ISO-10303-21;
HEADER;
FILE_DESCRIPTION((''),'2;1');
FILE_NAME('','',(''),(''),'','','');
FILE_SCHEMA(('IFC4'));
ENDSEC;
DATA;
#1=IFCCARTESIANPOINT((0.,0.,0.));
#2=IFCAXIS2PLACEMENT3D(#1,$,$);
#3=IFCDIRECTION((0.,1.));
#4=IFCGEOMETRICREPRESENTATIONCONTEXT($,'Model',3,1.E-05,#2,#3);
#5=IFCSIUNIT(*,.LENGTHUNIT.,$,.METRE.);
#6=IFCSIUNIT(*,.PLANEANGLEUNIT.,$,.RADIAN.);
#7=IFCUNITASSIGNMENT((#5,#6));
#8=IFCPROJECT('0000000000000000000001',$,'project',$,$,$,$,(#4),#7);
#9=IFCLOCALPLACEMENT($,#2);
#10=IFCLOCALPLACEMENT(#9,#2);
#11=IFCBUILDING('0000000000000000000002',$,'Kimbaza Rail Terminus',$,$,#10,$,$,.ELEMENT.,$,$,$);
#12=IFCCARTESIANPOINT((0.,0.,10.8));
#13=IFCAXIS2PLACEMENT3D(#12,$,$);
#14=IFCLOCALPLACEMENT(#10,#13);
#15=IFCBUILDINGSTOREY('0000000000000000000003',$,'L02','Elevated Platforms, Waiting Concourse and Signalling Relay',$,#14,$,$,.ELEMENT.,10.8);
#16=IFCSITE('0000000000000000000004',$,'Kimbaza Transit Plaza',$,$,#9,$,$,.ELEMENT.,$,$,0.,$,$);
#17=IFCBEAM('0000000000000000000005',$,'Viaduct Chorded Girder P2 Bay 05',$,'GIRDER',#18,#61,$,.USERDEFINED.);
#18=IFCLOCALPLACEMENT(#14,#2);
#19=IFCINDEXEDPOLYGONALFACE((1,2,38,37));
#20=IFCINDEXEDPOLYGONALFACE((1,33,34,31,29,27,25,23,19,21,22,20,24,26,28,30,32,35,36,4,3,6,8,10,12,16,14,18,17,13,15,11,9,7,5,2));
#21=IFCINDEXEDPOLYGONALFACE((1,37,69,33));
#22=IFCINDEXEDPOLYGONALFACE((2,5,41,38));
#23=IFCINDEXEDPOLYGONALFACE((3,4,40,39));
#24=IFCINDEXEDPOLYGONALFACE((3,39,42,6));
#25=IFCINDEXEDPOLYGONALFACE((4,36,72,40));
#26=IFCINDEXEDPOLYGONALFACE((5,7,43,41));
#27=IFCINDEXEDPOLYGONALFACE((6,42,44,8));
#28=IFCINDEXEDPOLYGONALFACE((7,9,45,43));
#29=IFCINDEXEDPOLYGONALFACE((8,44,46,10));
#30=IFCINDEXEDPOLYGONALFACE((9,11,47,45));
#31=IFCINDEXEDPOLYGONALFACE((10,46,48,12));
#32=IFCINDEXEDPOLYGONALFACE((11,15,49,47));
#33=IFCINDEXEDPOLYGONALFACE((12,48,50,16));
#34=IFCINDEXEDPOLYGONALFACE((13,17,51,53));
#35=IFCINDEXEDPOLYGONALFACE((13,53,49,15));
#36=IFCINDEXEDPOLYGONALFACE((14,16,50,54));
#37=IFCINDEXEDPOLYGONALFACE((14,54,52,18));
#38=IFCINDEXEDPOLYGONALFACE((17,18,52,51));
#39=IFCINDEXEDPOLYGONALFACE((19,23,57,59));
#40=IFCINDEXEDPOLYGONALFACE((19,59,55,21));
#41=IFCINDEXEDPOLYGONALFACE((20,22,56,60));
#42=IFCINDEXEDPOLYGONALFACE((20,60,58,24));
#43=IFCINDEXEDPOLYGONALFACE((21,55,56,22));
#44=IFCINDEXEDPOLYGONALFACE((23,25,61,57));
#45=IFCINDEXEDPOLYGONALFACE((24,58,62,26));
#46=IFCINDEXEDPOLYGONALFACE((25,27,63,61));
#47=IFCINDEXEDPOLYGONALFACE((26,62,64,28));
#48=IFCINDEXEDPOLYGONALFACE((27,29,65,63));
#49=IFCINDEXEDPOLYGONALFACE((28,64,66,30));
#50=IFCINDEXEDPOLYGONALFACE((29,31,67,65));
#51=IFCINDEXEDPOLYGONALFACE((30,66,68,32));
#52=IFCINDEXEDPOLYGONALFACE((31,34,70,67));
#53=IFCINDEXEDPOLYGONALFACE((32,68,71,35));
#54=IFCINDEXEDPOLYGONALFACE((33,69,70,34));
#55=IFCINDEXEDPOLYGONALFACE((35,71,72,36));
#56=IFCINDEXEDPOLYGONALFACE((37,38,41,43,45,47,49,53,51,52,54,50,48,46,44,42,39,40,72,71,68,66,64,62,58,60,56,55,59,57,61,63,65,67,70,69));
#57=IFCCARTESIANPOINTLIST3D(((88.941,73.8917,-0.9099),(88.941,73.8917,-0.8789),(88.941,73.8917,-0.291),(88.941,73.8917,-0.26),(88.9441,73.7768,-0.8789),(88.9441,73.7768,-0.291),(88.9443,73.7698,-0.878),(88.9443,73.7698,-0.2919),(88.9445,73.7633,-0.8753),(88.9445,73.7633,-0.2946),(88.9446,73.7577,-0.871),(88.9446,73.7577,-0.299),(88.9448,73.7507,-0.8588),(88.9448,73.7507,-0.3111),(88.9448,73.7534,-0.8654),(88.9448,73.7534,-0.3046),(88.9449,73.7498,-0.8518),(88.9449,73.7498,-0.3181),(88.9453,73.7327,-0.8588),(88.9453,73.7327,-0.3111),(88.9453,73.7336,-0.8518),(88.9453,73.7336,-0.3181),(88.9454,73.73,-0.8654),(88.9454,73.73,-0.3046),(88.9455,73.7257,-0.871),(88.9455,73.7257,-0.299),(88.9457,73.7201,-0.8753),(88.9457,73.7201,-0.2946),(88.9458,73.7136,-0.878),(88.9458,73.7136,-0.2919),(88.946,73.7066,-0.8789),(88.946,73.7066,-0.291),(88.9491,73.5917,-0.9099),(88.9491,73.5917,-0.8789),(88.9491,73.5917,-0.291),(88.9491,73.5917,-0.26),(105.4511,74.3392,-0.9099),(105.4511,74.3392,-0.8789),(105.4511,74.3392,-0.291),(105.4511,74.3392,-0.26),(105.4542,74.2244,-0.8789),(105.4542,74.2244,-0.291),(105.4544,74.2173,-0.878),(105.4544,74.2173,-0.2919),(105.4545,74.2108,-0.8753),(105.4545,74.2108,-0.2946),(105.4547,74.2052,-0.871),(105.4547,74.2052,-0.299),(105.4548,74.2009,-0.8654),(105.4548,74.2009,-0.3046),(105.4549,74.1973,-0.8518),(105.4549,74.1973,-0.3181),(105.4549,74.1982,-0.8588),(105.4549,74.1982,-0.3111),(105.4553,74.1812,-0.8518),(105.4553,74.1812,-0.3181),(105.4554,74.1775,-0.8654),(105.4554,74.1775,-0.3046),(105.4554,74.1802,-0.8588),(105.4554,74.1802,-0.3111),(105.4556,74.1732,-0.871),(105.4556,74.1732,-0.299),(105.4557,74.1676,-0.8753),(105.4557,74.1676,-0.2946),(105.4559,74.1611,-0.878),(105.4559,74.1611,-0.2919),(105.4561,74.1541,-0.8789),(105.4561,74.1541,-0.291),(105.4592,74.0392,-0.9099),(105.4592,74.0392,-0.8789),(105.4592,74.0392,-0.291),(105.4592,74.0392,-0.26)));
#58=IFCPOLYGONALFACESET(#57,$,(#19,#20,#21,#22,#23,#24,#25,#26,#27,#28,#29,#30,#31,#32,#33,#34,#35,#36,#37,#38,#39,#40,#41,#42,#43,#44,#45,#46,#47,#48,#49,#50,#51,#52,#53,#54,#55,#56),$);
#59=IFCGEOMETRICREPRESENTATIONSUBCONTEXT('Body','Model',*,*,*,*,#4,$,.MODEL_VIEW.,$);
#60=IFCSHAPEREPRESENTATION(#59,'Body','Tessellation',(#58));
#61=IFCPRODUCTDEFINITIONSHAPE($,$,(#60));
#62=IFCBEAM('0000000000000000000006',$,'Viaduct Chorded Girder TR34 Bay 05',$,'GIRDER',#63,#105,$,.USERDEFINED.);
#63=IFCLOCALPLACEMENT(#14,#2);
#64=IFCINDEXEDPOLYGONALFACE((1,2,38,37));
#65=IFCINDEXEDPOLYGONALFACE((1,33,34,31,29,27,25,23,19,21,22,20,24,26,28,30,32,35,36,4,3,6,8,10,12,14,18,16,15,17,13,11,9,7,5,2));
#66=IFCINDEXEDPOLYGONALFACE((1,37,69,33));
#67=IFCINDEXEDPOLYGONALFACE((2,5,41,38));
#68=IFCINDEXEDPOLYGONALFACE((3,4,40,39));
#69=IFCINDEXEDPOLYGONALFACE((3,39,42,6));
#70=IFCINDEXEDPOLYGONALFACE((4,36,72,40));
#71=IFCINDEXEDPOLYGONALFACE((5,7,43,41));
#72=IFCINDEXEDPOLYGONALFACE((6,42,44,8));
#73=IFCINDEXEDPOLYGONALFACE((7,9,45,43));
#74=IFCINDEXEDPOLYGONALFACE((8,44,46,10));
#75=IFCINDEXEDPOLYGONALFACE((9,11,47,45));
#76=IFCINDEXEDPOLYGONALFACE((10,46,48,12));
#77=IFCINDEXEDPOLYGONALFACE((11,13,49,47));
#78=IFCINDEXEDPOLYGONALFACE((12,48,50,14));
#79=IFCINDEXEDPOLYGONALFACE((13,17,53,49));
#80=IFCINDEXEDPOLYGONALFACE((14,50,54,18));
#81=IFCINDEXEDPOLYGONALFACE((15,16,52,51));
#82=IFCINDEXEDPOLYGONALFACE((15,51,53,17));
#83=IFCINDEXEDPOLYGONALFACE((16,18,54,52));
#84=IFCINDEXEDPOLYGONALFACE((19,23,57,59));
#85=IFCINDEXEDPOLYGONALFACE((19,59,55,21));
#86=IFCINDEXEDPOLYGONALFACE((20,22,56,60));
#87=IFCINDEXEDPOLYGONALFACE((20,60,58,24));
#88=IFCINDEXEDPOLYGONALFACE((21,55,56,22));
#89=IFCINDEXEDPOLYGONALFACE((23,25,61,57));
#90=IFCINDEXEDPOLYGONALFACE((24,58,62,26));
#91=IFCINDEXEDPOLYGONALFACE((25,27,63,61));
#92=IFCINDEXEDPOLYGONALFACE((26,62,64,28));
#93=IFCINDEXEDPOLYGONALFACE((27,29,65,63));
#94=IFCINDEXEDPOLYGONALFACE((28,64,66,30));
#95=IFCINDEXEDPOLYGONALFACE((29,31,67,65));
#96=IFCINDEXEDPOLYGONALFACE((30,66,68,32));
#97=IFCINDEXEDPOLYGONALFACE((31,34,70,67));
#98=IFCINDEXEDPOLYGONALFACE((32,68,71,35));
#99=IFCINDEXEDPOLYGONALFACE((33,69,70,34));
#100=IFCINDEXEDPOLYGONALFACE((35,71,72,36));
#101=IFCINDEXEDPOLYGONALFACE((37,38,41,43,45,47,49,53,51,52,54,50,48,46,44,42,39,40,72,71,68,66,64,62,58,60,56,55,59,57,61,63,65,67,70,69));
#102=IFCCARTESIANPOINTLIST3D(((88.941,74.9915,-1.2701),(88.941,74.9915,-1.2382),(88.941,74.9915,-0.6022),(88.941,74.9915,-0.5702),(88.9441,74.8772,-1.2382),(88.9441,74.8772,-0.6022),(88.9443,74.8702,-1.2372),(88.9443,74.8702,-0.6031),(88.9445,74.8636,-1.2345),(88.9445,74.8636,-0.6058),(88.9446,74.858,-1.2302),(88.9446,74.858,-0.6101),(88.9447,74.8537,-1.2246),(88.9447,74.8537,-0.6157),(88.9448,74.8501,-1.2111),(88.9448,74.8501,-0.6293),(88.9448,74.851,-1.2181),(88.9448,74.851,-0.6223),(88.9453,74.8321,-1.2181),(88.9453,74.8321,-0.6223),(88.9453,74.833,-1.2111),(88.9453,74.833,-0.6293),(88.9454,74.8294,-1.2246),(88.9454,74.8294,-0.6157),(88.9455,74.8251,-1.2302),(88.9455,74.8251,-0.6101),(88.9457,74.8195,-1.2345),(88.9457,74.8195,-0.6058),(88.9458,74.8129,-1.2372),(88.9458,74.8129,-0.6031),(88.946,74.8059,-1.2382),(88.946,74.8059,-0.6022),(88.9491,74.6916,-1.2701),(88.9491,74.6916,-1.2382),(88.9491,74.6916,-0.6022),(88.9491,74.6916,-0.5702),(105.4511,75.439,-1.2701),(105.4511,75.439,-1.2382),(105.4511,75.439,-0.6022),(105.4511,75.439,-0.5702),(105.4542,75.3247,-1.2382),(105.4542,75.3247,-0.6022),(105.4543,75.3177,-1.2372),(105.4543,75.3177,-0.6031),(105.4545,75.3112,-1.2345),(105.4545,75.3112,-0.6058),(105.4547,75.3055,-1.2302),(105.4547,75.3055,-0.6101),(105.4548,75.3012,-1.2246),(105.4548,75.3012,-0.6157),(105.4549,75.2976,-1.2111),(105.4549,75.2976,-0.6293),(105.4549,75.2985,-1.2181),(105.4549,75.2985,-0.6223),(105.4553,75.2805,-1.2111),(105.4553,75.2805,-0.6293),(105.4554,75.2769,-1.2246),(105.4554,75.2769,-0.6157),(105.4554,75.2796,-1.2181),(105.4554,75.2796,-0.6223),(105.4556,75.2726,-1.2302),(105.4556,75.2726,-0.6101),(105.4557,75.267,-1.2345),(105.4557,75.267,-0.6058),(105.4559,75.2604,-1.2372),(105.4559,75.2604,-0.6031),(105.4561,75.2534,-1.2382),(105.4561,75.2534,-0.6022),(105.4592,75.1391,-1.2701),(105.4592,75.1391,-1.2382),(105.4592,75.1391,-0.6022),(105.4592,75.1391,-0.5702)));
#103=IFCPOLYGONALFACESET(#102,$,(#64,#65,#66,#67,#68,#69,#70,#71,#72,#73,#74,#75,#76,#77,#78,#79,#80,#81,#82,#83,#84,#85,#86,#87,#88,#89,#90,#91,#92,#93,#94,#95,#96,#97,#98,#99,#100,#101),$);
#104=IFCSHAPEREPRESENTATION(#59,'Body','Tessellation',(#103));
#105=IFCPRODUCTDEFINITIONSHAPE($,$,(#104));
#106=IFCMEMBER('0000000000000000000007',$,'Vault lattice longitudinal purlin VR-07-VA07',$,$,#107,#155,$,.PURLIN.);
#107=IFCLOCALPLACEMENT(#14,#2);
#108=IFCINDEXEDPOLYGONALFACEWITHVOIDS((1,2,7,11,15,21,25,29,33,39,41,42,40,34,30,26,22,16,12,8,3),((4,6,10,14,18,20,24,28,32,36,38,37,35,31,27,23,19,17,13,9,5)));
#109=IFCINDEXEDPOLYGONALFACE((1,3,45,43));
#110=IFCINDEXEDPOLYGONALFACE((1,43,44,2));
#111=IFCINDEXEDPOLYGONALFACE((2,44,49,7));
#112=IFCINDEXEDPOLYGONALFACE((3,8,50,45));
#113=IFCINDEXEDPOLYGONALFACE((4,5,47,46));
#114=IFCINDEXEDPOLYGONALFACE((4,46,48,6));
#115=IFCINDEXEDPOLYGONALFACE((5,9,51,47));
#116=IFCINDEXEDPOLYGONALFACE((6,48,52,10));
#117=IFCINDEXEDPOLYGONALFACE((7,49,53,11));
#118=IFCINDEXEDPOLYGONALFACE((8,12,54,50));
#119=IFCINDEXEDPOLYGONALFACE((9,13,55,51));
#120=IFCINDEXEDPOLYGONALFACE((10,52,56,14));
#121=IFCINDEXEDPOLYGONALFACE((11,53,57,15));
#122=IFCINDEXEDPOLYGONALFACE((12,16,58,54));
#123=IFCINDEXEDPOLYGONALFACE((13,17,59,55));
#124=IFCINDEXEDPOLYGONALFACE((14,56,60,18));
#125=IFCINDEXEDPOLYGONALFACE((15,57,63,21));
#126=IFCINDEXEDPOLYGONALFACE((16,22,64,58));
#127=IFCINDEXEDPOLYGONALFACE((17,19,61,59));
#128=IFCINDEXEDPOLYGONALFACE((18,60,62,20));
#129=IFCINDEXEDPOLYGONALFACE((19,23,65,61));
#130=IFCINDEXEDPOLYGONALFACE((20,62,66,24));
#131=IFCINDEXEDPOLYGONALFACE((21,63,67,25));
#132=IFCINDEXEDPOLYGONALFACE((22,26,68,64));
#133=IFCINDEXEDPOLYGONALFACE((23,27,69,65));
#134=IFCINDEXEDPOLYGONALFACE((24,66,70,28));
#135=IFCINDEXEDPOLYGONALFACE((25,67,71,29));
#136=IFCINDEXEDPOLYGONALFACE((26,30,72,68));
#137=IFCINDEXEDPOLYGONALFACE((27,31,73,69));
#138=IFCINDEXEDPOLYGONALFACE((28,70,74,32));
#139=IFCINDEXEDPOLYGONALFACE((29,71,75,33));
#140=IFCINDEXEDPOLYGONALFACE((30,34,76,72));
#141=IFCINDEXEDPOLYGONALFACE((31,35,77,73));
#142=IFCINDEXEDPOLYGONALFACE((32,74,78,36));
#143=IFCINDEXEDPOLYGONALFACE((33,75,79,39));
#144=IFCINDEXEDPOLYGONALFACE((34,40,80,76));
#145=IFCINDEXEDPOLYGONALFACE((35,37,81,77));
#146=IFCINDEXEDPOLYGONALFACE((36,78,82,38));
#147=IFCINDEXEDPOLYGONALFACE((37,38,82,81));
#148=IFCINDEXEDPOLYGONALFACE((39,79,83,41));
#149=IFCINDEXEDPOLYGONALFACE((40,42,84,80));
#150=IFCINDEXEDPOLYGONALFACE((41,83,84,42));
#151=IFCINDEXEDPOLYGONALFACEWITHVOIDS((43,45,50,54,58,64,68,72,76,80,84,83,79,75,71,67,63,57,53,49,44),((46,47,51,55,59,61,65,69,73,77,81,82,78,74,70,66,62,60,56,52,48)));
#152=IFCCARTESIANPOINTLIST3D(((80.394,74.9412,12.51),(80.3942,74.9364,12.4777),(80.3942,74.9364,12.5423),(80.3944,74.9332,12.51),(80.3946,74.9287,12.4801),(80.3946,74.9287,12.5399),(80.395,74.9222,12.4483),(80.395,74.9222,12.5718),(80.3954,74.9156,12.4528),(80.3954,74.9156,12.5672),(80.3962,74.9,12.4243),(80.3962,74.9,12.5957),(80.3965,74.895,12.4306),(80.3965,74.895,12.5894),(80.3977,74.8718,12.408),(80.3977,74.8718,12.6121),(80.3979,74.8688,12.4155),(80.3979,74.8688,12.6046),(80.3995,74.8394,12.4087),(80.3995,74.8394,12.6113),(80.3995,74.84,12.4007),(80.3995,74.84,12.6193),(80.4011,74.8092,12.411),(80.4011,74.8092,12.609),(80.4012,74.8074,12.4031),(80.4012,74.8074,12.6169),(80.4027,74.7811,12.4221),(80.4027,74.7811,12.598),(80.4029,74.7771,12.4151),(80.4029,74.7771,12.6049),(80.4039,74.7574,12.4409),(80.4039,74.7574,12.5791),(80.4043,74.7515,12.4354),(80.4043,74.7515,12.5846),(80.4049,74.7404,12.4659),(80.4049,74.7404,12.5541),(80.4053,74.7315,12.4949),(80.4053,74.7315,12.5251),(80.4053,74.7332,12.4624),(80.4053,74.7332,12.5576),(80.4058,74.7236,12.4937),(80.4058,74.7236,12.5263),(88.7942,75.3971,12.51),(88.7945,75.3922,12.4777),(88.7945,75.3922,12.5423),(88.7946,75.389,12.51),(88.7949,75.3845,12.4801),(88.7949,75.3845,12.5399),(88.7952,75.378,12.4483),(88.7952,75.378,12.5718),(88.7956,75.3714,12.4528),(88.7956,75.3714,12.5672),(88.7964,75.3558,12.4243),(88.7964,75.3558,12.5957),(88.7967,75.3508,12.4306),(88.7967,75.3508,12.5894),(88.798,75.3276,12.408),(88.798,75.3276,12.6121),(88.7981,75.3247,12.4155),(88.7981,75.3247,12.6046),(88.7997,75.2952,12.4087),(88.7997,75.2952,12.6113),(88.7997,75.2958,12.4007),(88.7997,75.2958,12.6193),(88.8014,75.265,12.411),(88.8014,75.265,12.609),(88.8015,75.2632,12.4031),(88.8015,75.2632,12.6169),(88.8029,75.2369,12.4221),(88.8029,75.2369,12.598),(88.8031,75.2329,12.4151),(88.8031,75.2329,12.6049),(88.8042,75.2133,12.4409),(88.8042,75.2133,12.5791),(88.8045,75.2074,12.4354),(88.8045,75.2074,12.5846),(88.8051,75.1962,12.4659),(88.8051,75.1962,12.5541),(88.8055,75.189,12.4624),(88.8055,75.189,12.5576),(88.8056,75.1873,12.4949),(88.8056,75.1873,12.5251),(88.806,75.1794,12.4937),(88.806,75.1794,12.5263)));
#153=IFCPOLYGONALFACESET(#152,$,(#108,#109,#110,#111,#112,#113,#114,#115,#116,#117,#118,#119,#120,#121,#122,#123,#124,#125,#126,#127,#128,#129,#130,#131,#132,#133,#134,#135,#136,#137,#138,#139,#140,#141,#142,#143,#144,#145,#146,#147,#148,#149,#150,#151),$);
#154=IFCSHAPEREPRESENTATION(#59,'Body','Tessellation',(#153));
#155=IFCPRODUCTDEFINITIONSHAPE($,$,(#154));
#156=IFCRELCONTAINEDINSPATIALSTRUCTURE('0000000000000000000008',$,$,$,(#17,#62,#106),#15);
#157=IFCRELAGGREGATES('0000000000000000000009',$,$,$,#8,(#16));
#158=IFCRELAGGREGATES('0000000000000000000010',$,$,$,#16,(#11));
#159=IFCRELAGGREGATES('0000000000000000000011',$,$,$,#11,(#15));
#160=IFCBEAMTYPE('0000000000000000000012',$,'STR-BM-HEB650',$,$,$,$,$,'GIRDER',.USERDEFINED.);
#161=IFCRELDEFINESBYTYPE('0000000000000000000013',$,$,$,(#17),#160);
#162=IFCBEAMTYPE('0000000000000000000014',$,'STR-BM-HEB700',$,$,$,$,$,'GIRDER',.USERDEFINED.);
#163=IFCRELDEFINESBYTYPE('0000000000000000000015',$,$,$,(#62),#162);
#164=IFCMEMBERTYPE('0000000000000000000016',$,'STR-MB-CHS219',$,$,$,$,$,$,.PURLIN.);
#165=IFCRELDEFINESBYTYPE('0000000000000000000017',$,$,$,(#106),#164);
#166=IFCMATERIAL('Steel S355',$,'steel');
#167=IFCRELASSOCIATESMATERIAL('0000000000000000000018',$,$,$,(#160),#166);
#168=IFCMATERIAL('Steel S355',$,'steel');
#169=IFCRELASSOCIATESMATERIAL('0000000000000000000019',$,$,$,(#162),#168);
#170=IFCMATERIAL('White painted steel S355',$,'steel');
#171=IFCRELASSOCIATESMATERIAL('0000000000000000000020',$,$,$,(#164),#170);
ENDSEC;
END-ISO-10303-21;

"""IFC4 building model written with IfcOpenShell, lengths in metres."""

from ifc_helpers import new_model, si_unit, direction, frame, origin, origin_2d, place, context, subcontext, project, spatial, hollow_circle, i_section, extrude, material, material_profile, profile_set, type_object, element, save


model = new_model("IFC4")

# Units and contexts
model_context = context("Model", 3, precision=1e-05, world=origin(), true_north=direction((0.0, 1.0)))
body_context = subcontext(model_context, "Body", "Model", "MODEL_VIEW")
ifc_project = project(units=[si_unit("LENGTHUNIT", "METRE"), si_unit("PLANEANGLEUNIT", "RADIAN")], contexts=[model_context])

# Site, building, storey
site_placement = place(None, origin())
site = spatial("IfcSite", under=ifc_project, at=site_placement, Name="Kimbaza Transit Plaza", CompositionType="ELEMENT", RefElevation=0.0)
building_placement = place(site_placement, origin())
building = spatial("IfcBuilding", under=site, at=building_placement, Name="Kimbaza Rail Terminus", CompositionType="ELEMENT")
storey_placement = place(building_placement, frame((0.0, 0.0, 10.8)))
storey = spatial("IfcBuildingStorey", under=building, at=storey_placement, Name="L02", Description="Elevated Platforms, Waiting Concourse and Signalling Relay", CompositionType="ELEMENT", Elevation=10.8)

# Beams
ifc_material_1 = material(Name="Steel S355", Category="steel")
ifc_material_profile_1 = material_profile(ifc_material_1, i_section(OverallWidth=0.3, OverallDepth=0.6499, WebThickness=0.0161, FlangeThickness=0.031, FilletRadius=0.0271, at=origin_2d()), Name="HEB 650")
ifc_profile_set_1 = profile_set([ifc_material_profile_1], Name="Steel S355")
beam_type_1 = type_object("IfcBeamType", Name="STR-BM-HEB650", ElementType="GIRDER", PredefinedType="USERDEFINED", material=ifc_profile_set_1)
beam_1_placement = place(storey_placement, frame((88.9451, 73.7417, -0.585), z_axis=(0.999633, 0.027095, 0.0), x_axis=(-0.027095, 0.999633, 0.0)))
element("IfcBeam", 1, at=beam_1_placement, inside=storey, type_object=beam_type_1, Name="Viaduct Chorded Girder P2 Bay 05", ObjectType="GIRDER", PredefinedType="USERDEFINED", context=body_context, shape_type="SweptSolid", body=[
    extrude(i_section(OverallWidth=0.3, OverallDepth=0.6499, WebThickness=0.0161, FlangeThickness=0.031, FilletRadius=0.0271, at=origin_2d()), origin(), (0.0, 0.0, 1.0), 16.5161),
])
ifc_material_2 = material(Name="Steel S355", Category="steel")
ifc_material_profile_2 = material_profile(ifc_material_2, i_section(OverallWidth=0.3, OverallDepth=0.7, WebThickness=0.0171, FlangeThickness=0.032, FilletRadius=0.0271, at=origin_2d()), Name="HEB 700")
ifc_profile_set_2 = profile_set([ifc_material_profile_2], Name="Steel S355")
beam_type_2 = type_object("IfcBeamType", Name="STR-BM-HEB700", ElementType="GIRDER", PredefinedType="USERDEFINED", material=ifc_profile_set_2)
beam_2_placement = place(storey_placement, frame((88.9451, 74.8416, -0.9202), z_axis=(0.999633, 0.027095, 0.0), x_axis=(-0.027095, 0.999633, 0.0)))
element("IfcBeam", 2, at=beam_2_placement, inside=storey, type_object=beam_type_2, Name="Viaduct Chorded Girder TR34 Bay 05", ObjectType="GIRDER", PredefinedType="USERDEFINED", context=body_context, shape_type="SweptSolid", body=[
    extrude(i_section(OverallWidth=0.3, OverallDepth=0.7, WebThickness=0.0171, FlangeThickness=0.032, FilletRadius=0.0271, at=origin_2d()), origin(), (0.0, 0.0, 1.0), 16.5161),
])

# Member
ifc_material_3 = material(Name="White painted steel S355", Category="steel")
ifc_material_profile_3 = material_profile(ifc_material_3, hollow_circle(Radius=0.1096, WallThickness=0.0081, at=origin_2d()), Name="CHS 219.1x8")
ifc_profile_set_3 = profile_set([ifc_material_profile_3], Name="White painted steel S355")
member_type_1 = type_object("IfcMemberType", Name="STR-MB-CHS219", PredefinedType="PURLIN", material=ifc_profile_set_3)
for number, where, z_axis, x_axis, name in (
    (3, (80.3999, 74.8318, 12.51), (0.998531, 0.054183, 0.0), (-0.054183, 0.998531, 0.0), "Vault lattice longitudinal purlin VR-07-VA07"),
):
    element("IfcMember", number, at=place(storey_placement, frame(where, z_axis=z_axis, x_axis=x_axis)), inside=storey, type_object=member_type_1, Name=name, PredefinedType="PURLIN", context=body_context, shape_type="SweptSolid", body=[
        extrude(hollow_circle(Radius=0.1096, WallThickness=0.0081, at=origin_2d()), origin(), (0.0, 0.0, 1.0), 8.4126),
    ])

save(model, "model.ifc")
